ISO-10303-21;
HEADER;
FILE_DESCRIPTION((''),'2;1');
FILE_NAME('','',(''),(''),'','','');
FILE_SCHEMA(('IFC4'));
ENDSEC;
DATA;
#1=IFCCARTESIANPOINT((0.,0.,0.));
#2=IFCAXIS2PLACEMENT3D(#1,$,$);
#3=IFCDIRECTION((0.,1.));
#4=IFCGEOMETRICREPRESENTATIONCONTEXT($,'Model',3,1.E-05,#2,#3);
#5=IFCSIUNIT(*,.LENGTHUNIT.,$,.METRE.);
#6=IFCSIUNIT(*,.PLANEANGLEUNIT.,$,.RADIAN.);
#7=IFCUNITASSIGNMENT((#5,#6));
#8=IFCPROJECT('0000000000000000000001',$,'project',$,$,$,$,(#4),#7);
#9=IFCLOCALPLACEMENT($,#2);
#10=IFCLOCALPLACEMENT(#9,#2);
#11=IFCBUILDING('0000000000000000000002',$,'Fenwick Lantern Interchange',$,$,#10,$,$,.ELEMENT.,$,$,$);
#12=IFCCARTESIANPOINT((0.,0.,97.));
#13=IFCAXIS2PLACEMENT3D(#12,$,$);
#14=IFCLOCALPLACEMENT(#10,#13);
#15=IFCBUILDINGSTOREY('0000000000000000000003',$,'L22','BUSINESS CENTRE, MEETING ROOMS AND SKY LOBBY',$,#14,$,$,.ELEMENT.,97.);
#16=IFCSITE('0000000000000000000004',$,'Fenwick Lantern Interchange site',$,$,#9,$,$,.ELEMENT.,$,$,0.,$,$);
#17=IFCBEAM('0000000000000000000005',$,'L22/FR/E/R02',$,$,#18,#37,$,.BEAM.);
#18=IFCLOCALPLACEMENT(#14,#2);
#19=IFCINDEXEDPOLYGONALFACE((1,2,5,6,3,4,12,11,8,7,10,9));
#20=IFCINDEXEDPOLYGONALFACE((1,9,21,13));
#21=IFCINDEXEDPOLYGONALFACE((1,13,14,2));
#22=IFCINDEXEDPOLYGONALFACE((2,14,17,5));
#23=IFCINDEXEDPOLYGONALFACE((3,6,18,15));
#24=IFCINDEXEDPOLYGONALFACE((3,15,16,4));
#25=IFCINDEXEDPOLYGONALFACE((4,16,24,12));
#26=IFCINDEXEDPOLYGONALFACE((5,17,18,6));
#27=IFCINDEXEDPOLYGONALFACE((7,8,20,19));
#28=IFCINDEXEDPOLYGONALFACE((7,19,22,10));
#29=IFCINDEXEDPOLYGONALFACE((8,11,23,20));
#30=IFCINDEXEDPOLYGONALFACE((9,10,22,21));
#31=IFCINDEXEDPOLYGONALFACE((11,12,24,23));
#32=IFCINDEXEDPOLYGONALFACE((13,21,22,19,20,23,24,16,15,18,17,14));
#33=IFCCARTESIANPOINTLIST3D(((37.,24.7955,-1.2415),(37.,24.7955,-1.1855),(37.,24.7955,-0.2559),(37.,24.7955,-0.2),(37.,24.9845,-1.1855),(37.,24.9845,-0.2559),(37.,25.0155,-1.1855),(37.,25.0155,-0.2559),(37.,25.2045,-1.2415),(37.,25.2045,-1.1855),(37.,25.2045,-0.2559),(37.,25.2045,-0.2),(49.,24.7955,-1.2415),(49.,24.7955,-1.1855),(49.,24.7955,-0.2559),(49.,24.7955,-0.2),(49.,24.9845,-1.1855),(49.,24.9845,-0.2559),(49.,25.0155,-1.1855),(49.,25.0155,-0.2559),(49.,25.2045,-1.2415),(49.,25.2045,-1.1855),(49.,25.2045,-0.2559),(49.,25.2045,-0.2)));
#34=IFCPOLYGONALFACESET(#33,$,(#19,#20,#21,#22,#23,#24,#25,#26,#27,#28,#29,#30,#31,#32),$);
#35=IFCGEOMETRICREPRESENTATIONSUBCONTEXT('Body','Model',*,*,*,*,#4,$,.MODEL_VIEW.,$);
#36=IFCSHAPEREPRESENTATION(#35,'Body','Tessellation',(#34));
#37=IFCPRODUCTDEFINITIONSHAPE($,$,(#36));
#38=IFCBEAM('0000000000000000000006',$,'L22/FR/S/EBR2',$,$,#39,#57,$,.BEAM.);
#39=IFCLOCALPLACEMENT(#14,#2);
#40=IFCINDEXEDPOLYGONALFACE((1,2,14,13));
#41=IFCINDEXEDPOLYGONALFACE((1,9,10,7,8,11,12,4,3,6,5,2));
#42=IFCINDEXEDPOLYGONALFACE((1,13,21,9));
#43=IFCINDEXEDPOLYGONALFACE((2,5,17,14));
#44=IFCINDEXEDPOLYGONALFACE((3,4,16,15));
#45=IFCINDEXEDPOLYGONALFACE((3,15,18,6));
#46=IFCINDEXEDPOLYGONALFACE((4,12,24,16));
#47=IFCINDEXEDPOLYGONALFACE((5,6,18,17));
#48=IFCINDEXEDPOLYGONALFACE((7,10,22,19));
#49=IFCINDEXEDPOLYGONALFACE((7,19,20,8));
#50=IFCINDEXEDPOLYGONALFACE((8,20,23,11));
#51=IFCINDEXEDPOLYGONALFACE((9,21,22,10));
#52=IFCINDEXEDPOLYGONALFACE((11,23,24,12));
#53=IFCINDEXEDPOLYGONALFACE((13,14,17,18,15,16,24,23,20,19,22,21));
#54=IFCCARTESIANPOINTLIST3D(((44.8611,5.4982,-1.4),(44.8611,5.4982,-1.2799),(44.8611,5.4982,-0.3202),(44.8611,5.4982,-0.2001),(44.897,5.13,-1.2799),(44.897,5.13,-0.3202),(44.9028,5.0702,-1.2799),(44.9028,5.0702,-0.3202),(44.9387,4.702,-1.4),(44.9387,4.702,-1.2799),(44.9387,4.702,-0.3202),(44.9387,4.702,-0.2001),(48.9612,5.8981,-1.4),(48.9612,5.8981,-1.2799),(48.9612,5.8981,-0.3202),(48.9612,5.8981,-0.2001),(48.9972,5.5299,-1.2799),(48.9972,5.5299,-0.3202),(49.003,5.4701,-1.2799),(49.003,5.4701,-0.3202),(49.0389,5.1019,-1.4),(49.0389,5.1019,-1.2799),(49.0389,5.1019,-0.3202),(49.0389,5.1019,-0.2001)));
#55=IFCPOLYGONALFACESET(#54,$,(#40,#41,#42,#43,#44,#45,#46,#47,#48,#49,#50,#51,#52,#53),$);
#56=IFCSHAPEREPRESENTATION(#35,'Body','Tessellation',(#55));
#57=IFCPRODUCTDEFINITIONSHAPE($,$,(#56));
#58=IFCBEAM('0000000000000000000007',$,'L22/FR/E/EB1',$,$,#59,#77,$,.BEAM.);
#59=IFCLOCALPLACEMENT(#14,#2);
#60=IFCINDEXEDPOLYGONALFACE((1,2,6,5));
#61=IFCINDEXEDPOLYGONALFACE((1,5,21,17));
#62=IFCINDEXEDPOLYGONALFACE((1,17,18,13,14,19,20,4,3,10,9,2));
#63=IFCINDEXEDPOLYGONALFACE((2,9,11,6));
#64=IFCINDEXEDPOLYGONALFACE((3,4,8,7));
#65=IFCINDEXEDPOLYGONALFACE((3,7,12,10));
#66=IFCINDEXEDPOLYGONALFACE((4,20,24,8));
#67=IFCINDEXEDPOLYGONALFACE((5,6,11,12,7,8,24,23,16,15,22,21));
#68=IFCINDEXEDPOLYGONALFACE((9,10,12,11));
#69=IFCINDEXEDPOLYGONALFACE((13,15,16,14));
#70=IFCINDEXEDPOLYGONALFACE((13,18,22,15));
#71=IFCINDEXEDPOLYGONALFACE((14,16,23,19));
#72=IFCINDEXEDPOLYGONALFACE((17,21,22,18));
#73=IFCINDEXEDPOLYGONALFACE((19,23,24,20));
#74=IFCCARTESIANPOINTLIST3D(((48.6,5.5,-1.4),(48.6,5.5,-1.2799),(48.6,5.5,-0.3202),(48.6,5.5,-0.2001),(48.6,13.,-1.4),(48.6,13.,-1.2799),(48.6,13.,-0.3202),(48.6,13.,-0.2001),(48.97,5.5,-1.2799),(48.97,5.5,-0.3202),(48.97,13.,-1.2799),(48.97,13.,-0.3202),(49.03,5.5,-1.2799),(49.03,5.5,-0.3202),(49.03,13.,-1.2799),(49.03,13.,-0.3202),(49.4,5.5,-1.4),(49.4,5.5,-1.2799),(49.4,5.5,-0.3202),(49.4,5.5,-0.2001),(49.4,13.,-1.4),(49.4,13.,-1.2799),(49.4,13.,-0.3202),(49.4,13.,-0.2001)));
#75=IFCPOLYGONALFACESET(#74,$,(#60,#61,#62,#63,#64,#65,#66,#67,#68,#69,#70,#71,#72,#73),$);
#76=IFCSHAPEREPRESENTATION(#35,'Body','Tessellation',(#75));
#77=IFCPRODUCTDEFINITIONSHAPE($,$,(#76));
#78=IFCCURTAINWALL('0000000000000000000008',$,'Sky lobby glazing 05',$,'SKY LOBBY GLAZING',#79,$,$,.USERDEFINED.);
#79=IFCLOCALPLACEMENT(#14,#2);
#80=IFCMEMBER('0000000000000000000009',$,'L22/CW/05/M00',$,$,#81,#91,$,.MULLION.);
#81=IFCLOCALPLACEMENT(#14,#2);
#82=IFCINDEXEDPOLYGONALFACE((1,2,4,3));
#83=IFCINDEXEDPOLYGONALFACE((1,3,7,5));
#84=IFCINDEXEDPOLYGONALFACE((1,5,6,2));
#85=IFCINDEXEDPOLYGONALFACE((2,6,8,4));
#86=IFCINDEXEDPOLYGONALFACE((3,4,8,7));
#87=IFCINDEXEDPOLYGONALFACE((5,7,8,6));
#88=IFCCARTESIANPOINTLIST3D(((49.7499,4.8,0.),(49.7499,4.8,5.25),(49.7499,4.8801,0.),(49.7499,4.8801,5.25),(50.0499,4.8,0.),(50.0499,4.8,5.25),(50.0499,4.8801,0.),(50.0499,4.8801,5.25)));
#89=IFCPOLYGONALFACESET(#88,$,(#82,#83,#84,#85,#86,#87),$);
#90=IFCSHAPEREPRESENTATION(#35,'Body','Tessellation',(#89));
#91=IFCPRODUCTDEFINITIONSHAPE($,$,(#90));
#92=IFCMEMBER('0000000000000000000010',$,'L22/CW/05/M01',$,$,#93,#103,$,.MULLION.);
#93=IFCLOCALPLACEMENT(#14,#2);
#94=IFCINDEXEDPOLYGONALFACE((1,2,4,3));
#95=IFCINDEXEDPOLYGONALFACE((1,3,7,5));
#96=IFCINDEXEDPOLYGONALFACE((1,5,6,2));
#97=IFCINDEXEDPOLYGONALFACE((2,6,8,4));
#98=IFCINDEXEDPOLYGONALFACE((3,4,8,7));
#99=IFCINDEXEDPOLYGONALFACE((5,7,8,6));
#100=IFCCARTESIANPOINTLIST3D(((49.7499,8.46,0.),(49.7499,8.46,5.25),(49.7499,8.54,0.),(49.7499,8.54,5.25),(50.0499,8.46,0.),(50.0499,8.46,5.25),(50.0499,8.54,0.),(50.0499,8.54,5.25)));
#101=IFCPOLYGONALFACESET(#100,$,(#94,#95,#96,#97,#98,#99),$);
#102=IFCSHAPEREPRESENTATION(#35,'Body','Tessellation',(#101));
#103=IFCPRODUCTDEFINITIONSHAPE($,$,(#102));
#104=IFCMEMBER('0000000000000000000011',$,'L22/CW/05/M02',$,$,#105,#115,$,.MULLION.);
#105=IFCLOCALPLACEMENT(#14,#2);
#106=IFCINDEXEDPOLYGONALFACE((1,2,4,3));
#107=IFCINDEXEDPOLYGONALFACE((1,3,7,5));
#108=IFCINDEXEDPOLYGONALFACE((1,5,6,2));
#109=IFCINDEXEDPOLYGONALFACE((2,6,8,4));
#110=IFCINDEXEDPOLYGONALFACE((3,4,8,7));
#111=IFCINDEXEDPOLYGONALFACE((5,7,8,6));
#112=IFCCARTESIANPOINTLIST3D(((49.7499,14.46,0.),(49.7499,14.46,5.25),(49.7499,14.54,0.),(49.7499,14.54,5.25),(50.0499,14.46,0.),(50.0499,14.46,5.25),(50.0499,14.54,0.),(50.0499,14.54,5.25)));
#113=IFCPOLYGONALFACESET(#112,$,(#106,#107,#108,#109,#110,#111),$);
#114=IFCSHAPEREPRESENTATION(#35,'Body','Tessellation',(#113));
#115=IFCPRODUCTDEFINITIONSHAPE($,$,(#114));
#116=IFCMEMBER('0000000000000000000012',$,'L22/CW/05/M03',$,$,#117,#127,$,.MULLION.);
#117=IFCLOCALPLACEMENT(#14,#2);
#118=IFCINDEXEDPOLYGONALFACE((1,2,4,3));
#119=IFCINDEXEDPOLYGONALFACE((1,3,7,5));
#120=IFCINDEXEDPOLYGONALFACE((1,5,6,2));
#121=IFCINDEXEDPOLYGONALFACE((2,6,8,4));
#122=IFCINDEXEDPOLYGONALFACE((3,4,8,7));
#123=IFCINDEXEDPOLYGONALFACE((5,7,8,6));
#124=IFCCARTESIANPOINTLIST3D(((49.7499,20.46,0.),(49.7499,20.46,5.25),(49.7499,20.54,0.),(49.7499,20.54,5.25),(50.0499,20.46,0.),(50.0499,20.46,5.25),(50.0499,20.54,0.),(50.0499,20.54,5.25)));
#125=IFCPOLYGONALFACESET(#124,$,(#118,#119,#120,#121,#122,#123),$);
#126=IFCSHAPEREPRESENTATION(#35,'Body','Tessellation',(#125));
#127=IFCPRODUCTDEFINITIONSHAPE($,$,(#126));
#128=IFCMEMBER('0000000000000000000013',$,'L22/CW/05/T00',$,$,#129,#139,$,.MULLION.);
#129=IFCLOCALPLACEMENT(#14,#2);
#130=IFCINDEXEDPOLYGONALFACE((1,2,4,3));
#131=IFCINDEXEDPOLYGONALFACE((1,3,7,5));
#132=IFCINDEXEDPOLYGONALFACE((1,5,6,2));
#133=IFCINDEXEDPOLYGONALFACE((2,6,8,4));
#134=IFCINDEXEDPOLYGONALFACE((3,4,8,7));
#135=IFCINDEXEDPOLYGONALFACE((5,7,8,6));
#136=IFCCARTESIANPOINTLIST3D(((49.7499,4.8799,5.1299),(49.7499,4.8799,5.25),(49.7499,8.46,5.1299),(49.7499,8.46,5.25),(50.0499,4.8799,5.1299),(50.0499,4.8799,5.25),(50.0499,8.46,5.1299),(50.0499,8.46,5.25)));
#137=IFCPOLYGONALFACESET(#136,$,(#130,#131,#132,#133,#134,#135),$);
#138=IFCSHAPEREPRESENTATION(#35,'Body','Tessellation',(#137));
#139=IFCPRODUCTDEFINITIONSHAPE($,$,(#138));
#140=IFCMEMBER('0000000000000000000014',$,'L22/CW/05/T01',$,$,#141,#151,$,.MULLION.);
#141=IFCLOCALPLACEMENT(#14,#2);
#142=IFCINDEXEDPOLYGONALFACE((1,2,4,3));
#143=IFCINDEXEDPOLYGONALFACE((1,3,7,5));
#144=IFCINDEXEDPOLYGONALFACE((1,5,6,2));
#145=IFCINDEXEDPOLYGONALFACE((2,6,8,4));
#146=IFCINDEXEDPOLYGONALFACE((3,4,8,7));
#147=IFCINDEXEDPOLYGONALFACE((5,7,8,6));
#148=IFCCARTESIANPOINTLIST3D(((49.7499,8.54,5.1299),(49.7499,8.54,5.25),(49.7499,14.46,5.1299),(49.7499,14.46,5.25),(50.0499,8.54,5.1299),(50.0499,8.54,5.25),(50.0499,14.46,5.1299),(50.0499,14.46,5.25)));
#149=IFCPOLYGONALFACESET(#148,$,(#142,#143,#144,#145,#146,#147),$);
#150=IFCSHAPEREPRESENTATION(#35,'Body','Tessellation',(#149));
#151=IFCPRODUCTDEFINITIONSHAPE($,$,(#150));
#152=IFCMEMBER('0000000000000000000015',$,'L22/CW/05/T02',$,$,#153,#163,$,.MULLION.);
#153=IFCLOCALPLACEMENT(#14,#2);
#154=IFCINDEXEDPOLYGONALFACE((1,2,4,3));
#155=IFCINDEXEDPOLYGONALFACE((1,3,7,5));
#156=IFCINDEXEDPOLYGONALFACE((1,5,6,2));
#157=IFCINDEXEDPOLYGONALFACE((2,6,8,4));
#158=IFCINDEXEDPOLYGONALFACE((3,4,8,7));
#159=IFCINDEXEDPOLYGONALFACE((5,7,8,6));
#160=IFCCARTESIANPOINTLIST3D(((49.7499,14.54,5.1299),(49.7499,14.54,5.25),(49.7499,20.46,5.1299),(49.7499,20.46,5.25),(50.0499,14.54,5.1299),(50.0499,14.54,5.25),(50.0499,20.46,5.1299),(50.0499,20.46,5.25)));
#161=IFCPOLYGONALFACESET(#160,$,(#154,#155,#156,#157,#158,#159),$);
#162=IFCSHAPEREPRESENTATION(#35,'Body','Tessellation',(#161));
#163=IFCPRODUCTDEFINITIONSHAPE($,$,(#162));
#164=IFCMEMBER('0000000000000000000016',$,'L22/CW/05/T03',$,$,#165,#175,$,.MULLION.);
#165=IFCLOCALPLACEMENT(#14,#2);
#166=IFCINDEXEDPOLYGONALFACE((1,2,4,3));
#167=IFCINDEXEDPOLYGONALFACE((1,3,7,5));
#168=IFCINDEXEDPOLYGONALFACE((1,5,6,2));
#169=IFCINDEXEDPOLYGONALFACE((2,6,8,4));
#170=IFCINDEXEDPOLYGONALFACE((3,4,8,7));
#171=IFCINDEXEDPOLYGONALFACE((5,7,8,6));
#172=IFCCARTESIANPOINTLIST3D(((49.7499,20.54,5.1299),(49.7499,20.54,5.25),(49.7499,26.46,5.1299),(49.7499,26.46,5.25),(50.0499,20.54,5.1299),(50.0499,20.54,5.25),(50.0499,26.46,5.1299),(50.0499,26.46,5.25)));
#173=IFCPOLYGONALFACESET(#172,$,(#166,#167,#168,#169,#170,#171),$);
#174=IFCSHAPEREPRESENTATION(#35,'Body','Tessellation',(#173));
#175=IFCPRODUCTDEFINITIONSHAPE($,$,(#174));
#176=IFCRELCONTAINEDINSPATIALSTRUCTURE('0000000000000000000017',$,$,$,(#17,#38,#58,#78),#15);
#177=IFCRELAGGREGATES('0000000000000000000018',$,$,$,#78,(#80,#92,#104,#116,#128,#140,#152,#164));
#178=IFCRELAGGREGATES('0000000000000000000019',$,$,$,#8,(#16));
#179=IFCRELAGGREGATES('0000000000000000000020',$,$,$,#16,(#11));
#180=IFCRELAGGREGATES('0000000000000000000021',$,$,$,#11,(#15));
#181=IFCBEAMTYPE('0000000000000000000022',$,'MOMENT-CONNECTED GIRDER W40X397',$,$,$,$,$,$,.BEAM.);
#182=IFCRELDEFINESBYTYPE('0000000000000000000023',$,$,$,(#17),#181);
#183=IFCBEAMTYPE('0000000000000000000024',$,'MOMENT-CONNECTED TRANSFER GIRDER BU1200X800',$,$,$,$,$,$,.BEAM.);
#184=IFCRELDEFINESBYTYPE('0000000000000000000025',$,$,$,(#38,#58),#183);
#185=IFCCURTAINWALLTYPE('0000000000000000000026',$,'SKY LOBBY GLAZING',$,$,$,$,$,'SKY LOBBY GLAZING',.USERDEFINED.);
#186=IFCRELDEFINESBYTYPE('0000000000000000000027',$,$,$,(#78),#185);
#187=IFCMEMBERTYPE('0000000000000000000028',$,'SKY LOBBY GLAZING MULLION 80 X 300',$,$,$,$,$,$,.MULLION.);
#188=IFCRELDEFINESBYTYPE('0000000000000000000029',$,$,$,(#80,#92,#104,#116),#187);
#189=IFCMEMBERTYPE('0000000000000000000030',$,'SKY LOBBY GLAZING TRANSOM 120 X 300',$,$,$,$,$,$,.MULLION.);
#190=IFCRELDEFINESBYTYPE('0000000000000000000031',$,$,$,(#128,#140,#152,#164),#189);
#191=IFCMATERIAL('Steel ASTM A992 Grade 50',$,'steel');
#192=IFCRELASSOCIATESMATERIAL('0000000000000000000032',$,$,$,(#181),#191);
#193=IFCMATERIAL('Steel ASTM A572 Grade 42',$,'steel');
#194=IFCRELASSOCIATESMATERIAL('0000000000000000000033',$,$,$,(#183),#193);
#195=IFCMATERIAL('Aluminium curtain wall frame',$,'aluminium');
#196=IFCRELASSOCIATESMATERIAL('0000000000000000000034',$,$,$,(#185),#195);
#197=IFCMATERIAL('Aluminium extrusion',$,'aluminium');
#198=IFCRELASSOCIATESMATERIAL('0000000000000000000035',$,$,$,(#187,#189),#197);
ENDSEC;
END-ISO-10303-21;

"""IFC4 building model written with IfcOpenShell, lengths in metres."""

from ifc_helpers import new_model, si_unit, direction, frame, origin, origin_2d, place, context, subcontext, project, spatial, rectangle, i_section, extrude, material, material_profile, profile_set, type_object, element, aggregate, save


model = new_model("IFC4")

# Units and contexts
model_context = context("Model", 3, precision=1e-05, world=origin(), true_north=direction((0.0, 1.0)))
body_context = subcontext(model_context, "Body", "Model", "MODEL_VIEW")
ifc_project = project(units=[si_unit("LENGTHUNIT", "METRE"), si_unit("PLANEANGLEUNIT", "RADIAN")], contexts=[model_context])

# Site, building, storey
site_placement = place(None, origin())
site = spatial("IfcSite", under=ifc_project, at=site_placement, Name="Fenwick Lantern Interchange site", CompositionType="ELEMENT", RefElevation=0.0)
building_placement = place(site_placement, origin())
building = spatial("IfcBuilding", under=site, at=building_placement, Name="Fenwick Lantern Interchange", CompositionType="ELEMENT")
storey_placement = place(building_placement, frame((0.0, 0.0, 97.0)))
storey = spatial("IfcBuildingStorey", under=building, at=storey_placement, Name="L22", Description="BUSINESS CENTRE, MEETING ROOMS AND SKY LOBBY", CompositionType="ELEMENT", Elevation=97.0)

# Shared definitions
ifc_material_1 = material(Name="Steel ASTM A992 Grade 50", Category="steel")

# Beams
ifc_material_profile_1 = material_profile(ifc_material_1, i_section(OverallWidth=0.4089, OverallDepth=1.0415, WebThickness=0.031, FlangeThickness=0.0559, at=origin_2d()), Name="W40X397")
ifc_profile_set_1 = profile_set([ifc_material_profile_1], Name="Steel ASTM A992 Grade 50")
beam_type_1 = type_object("IfcBeamType", Name="MOMENT-CONNECTED GIRDER W40X397", PredefinedType="BEAM", material=ifc_profile_set_1)
beam_1_placement = place(storey_placement, frame((49.0, 25.0, -0.7207), z_axis=(-1.0, 0.0, 0.0), x_axis=(0.0, -1.0, 0.0)))
element("IfcBeam", 1, at=beam_1_placement, inside=storey, type_object=beam_type_1, Name="L22/FR/E/R02", PredefinedType="BEAM", context=body_context, shape_type="SweptSolid", body=[
    extrude(i_section(OverallWidth=0.4089, OverallDepth=1.0415, WebThickness=0.031, FlangeThickness=0.0559, at=origin_2d()), origin(), (0.0, 0.0, 1.0), 12.0),
])
ifc_material_2 = material(Name="Steel ASTM A572 Grade 42", Category="steel")
ifc_material_profile_2 = material_profile(ifc_material_2, i_section(OverallWidth=0.8, OverallDepth=1.2, WebThickness=0.0601, FlangeThickness=0.1201, at=origin_2d()), Name="BU1200X800")
ifc_profile_set_2 = profile_set([ifc_material_profile_2], Name="Steel ASTM A572 Grade 42")
beam_type_2 = type_object("IfcBeamType", Name="MOMENT-CONNECTED TRANSFER GIRDER BU1200X800", PredefinedType="BEAM", material=ifc_profile_set_2)
beam_2_placement = place(storey_placement, frame((44.8999, 5.1001, -0.8), z_axis=(0.995277, 0.097074, 0.0), x_axis=(-0.097074, 0.995277, 0.0)))
element("IfcBeam", 2, at=beam_2_placement, inside=storey, type_object=beam_type_2, Name="L22/FR/S/EBR2", PredefinedType="BEAM", context=body_context, shape_type="SweptSolid", body=[
    extrude(i_section(OverallWidth=0.8, OverallDepth=1.2, WebThickness=0.0601, FlangeThickness=0.1201, at=origin_2d()), origin(), (0.0, 0.0, 1.0), 4.1196),
])
beam_3_placement = place(storey_placement, frame((49.0, 5.5, -0.8), z_axis=(0.0, 1.0, 0.0), x_axis=(-1.0, 0.0, 0.0)))
element("IfcBeam", 3, at=beam_3_placement, inside=storey, type_object=beam_type_2, Name="L22/FR/E/EB1", PredefinedType="BEAM", context=body_context, shape_type="SweptSolid", body=[
    extrude(i_section(OverallWidth=0.8, OverallDepth=1.2, WebThickness=0.0601, FlangeThickness=0.1201, at=origin_2d()), origin(), (0.0, 0.0, 1.0), 7.5),
])

# Curtain wall, members
ifc_material_3 = material(Name="Aluminium curtain wall frame", Category="aluminium")
curtain_wall_type = type_object("IfcCurtainWallType", Name="SKY LOBBY GLAZING", ElementType="SKY LOBBY GLAZING", PredefinedType="USERDEFINED", material=ifc_material_3)
curtain_wall_placement = place(storey_placement, origin())
curtain_wall = element("IfcCurtainWall", 4, at=curtain_wall_placement, inside=storey, type_object=curtain_wall_type, Name="Sky lobby glazing 05", ObjectType="SKY LOBBY GLAZING", PredefinedType="USERDEFINED")
ifc_material_4 = material(Name="Aluminium extrusion", Category="aluminium")
ifc_material_profile_3 = material_profile(ifc_material_4, rectangle(XDim=0.3, YDim=0.0801, at=origin_2d()), Name="SKY LOBBY GLAZING MULLION 80 X 300")
ifc_profile_set_3 = profile_set([ifc_material_profile_3], Name="Aluminium extrusion")
member_type_1 = type_object("IfcMemberType", Name="SKY LOBBY GLAZING MULLION 80 X 300", PredefinedType="MULLION", material=ifc_profile_set_3)
member_1_placement = place(storey_placement, frame((49.8999, 4.8401, 0.0), z_axis=(0.0, 0.0, 1.0), x_axis=(-1.0, 0.0, 0.0)))
member_1 = element("IfcMember", 5, at=member_1_placement, type_object=member_type_1, Name="L22/CW/05/M00", PredefinedType="MULLION", context=body_context, shape_type="SweptSolid", body=[
    extrude(rectangle(XDim=0.3, YDim=0.0801, at=origin_2d()), origin(), (0.0, 0.0, 1.0), 5.25),
])
member_2_placement = place(storey_placement, frame((49.8999, 8.5, 0.0), z_axis=(0.0, 0.0, 1.0), x_axis=(-1.0, 0.0, 0.0)))
member_2 = element("IfcMember", 6, at=member_2_placement, type_object=member_type_1, Name="L22/CW/05/M01", PredefinedType="MULLION", context=body_context, shape_type="SweptSolid", body=[
    extrude(rectangle(XDim=0.3, YDim=0.0801, at=origin_2d()), origin(), (0.0, 0.0, 1.0), 5.25),
])
member_3_placement = place(storey_placement, frame((49.8999, 14.5, 0.0), z_axis=(0.0, 0.0, 1.0), x_axis=(-1.0, 0.0, 0.0)))
member_3 = element("IfcMember", 7, at=member_3_placement, type_object=member_type_1, Name="L22/CW/05/M02", PredefinedType="MULLION", context=body_context, shape_type="SweptSolid", body=[
    extrude(rectangle(XDim=0.3, YDim=0.0801, at=origin_2d()), origin(), (0.0, 0.0, 1.0), 5.25),
])
member_4_placement = place(storey_placement, frame((49.8999, 20.5, 0.0), z_axis=(0.0, 0.0, 1.0), x_axis=(-1.0, 0.0, 0.0)))
member_4 = element("IfcMember", 8, at=member_4_placement, type_object=member_type_1, Name="L22/CW/05/M03", PredefinedType="MULLION", context=body_context, shape_type="SweptSolid", body=[
    extrude(rectangle(XDim=0.3, YDim=0.0801, at=origin_2d()), origin(), (0.0, 0.0, 1.0), 5.25),
])
ifc_material_profile_4 = material_profile(ifc_material_4, rectangle(XDim=0.3, YDim=0.1201, at=origin_2d()), Name="SKY LOBBY GLAZING TRANSOM 120 X 300")
ifc_profile_set_4 = profile_set([ifc_material_profile_4], Name="Aluminium extrusion")
member_type_2 = type_object("IfcMemberType", Name="SKY LOBBY GLAZING TRANSOM 120 X 300", PredefinedType="MULLION", material=ifc_profile_set_4)
member_5_placement = place(storey_placement, frame((49.8999, 4.8799, 5.1899), z_axis=(0.0, 1.0, 0.0), x_axis=(-1.0, 0.0, 0.0)))
member_5 = element("IfcMember", 9, at=member_5_placement, type_object=member_type_2, Name="L22/CW/05/T00", PredefinedType="MULLION", context=body_context, shape_type="SweptSolid", body=[
    extrude(rectangle(XDim=0.3, YDim=0.1201, at=origin_2d()), origin(), (0.0, 0.0, 1.0), 3.5801),
])
member_6_placement = place(storey_placement, frame((49.8999, 8.54, 5.1899), z_axis=(0.0, 1.0, 0.0), x_axis=(-1.0, 0.0, 0.0)))
member_6 = element("IfcMember", 10, at=member_6_placement, type_object=member_type_2, Name="L22/CW/05/T01", PredefinedType="MULLION", context=body_context, shape_type="SweptSolid", body=[
    extrude(rectangle(XDim=0.3, YDim=0.1201, at=origin_2d()), origin(), (0.0, 0.0, 1.0), 5.9199),
])
member_7_placement = place(storey_placement, frame((49.8999, 14.54, 5.1899), z_axis=(0.0, 1.0, 0.0), x_axis=(-1.0, 0.0, 0.0)))
member_7 = element("IfcMember", 11, at=member_7_placement, type_object=member_type_2, Name="L22/CW/05/T02", PredefinedType="MULLION", context=body_context, shape_type="SweptSolid", body=[
    extrude(rectangle(XDim=0.3, YDim=0.1201, at=origin_2d()), origin(), (0.0, 0.0, 1.0), 5.9199),
])
member_8_placement = place(storey_placement, frame((49.8999, 20.54, 5.1899), z_axis=(0.0, 1.0, 0.0), x_axis=(-1.0, 0.0, 0.0)))
member_8 = element("IfcMember", 12, at=member_8_placement, type_object=member_type_2, Name="L22/CW/05/T03", PredefinedType="MULLION", context=body_context, shape_type="SweptSolid", body=[
    extrude(rectangle(XDim=0.3, YDim=0.1201, at=origin_2d()), origin(), (0.0, 0.0, 1.0), 5.9199),
])

aggregate(curtain_wall, [member_1, member_2, member_3, member_4, member_5, member_6, member_7, member_8])

save(model, "model.ifc")
